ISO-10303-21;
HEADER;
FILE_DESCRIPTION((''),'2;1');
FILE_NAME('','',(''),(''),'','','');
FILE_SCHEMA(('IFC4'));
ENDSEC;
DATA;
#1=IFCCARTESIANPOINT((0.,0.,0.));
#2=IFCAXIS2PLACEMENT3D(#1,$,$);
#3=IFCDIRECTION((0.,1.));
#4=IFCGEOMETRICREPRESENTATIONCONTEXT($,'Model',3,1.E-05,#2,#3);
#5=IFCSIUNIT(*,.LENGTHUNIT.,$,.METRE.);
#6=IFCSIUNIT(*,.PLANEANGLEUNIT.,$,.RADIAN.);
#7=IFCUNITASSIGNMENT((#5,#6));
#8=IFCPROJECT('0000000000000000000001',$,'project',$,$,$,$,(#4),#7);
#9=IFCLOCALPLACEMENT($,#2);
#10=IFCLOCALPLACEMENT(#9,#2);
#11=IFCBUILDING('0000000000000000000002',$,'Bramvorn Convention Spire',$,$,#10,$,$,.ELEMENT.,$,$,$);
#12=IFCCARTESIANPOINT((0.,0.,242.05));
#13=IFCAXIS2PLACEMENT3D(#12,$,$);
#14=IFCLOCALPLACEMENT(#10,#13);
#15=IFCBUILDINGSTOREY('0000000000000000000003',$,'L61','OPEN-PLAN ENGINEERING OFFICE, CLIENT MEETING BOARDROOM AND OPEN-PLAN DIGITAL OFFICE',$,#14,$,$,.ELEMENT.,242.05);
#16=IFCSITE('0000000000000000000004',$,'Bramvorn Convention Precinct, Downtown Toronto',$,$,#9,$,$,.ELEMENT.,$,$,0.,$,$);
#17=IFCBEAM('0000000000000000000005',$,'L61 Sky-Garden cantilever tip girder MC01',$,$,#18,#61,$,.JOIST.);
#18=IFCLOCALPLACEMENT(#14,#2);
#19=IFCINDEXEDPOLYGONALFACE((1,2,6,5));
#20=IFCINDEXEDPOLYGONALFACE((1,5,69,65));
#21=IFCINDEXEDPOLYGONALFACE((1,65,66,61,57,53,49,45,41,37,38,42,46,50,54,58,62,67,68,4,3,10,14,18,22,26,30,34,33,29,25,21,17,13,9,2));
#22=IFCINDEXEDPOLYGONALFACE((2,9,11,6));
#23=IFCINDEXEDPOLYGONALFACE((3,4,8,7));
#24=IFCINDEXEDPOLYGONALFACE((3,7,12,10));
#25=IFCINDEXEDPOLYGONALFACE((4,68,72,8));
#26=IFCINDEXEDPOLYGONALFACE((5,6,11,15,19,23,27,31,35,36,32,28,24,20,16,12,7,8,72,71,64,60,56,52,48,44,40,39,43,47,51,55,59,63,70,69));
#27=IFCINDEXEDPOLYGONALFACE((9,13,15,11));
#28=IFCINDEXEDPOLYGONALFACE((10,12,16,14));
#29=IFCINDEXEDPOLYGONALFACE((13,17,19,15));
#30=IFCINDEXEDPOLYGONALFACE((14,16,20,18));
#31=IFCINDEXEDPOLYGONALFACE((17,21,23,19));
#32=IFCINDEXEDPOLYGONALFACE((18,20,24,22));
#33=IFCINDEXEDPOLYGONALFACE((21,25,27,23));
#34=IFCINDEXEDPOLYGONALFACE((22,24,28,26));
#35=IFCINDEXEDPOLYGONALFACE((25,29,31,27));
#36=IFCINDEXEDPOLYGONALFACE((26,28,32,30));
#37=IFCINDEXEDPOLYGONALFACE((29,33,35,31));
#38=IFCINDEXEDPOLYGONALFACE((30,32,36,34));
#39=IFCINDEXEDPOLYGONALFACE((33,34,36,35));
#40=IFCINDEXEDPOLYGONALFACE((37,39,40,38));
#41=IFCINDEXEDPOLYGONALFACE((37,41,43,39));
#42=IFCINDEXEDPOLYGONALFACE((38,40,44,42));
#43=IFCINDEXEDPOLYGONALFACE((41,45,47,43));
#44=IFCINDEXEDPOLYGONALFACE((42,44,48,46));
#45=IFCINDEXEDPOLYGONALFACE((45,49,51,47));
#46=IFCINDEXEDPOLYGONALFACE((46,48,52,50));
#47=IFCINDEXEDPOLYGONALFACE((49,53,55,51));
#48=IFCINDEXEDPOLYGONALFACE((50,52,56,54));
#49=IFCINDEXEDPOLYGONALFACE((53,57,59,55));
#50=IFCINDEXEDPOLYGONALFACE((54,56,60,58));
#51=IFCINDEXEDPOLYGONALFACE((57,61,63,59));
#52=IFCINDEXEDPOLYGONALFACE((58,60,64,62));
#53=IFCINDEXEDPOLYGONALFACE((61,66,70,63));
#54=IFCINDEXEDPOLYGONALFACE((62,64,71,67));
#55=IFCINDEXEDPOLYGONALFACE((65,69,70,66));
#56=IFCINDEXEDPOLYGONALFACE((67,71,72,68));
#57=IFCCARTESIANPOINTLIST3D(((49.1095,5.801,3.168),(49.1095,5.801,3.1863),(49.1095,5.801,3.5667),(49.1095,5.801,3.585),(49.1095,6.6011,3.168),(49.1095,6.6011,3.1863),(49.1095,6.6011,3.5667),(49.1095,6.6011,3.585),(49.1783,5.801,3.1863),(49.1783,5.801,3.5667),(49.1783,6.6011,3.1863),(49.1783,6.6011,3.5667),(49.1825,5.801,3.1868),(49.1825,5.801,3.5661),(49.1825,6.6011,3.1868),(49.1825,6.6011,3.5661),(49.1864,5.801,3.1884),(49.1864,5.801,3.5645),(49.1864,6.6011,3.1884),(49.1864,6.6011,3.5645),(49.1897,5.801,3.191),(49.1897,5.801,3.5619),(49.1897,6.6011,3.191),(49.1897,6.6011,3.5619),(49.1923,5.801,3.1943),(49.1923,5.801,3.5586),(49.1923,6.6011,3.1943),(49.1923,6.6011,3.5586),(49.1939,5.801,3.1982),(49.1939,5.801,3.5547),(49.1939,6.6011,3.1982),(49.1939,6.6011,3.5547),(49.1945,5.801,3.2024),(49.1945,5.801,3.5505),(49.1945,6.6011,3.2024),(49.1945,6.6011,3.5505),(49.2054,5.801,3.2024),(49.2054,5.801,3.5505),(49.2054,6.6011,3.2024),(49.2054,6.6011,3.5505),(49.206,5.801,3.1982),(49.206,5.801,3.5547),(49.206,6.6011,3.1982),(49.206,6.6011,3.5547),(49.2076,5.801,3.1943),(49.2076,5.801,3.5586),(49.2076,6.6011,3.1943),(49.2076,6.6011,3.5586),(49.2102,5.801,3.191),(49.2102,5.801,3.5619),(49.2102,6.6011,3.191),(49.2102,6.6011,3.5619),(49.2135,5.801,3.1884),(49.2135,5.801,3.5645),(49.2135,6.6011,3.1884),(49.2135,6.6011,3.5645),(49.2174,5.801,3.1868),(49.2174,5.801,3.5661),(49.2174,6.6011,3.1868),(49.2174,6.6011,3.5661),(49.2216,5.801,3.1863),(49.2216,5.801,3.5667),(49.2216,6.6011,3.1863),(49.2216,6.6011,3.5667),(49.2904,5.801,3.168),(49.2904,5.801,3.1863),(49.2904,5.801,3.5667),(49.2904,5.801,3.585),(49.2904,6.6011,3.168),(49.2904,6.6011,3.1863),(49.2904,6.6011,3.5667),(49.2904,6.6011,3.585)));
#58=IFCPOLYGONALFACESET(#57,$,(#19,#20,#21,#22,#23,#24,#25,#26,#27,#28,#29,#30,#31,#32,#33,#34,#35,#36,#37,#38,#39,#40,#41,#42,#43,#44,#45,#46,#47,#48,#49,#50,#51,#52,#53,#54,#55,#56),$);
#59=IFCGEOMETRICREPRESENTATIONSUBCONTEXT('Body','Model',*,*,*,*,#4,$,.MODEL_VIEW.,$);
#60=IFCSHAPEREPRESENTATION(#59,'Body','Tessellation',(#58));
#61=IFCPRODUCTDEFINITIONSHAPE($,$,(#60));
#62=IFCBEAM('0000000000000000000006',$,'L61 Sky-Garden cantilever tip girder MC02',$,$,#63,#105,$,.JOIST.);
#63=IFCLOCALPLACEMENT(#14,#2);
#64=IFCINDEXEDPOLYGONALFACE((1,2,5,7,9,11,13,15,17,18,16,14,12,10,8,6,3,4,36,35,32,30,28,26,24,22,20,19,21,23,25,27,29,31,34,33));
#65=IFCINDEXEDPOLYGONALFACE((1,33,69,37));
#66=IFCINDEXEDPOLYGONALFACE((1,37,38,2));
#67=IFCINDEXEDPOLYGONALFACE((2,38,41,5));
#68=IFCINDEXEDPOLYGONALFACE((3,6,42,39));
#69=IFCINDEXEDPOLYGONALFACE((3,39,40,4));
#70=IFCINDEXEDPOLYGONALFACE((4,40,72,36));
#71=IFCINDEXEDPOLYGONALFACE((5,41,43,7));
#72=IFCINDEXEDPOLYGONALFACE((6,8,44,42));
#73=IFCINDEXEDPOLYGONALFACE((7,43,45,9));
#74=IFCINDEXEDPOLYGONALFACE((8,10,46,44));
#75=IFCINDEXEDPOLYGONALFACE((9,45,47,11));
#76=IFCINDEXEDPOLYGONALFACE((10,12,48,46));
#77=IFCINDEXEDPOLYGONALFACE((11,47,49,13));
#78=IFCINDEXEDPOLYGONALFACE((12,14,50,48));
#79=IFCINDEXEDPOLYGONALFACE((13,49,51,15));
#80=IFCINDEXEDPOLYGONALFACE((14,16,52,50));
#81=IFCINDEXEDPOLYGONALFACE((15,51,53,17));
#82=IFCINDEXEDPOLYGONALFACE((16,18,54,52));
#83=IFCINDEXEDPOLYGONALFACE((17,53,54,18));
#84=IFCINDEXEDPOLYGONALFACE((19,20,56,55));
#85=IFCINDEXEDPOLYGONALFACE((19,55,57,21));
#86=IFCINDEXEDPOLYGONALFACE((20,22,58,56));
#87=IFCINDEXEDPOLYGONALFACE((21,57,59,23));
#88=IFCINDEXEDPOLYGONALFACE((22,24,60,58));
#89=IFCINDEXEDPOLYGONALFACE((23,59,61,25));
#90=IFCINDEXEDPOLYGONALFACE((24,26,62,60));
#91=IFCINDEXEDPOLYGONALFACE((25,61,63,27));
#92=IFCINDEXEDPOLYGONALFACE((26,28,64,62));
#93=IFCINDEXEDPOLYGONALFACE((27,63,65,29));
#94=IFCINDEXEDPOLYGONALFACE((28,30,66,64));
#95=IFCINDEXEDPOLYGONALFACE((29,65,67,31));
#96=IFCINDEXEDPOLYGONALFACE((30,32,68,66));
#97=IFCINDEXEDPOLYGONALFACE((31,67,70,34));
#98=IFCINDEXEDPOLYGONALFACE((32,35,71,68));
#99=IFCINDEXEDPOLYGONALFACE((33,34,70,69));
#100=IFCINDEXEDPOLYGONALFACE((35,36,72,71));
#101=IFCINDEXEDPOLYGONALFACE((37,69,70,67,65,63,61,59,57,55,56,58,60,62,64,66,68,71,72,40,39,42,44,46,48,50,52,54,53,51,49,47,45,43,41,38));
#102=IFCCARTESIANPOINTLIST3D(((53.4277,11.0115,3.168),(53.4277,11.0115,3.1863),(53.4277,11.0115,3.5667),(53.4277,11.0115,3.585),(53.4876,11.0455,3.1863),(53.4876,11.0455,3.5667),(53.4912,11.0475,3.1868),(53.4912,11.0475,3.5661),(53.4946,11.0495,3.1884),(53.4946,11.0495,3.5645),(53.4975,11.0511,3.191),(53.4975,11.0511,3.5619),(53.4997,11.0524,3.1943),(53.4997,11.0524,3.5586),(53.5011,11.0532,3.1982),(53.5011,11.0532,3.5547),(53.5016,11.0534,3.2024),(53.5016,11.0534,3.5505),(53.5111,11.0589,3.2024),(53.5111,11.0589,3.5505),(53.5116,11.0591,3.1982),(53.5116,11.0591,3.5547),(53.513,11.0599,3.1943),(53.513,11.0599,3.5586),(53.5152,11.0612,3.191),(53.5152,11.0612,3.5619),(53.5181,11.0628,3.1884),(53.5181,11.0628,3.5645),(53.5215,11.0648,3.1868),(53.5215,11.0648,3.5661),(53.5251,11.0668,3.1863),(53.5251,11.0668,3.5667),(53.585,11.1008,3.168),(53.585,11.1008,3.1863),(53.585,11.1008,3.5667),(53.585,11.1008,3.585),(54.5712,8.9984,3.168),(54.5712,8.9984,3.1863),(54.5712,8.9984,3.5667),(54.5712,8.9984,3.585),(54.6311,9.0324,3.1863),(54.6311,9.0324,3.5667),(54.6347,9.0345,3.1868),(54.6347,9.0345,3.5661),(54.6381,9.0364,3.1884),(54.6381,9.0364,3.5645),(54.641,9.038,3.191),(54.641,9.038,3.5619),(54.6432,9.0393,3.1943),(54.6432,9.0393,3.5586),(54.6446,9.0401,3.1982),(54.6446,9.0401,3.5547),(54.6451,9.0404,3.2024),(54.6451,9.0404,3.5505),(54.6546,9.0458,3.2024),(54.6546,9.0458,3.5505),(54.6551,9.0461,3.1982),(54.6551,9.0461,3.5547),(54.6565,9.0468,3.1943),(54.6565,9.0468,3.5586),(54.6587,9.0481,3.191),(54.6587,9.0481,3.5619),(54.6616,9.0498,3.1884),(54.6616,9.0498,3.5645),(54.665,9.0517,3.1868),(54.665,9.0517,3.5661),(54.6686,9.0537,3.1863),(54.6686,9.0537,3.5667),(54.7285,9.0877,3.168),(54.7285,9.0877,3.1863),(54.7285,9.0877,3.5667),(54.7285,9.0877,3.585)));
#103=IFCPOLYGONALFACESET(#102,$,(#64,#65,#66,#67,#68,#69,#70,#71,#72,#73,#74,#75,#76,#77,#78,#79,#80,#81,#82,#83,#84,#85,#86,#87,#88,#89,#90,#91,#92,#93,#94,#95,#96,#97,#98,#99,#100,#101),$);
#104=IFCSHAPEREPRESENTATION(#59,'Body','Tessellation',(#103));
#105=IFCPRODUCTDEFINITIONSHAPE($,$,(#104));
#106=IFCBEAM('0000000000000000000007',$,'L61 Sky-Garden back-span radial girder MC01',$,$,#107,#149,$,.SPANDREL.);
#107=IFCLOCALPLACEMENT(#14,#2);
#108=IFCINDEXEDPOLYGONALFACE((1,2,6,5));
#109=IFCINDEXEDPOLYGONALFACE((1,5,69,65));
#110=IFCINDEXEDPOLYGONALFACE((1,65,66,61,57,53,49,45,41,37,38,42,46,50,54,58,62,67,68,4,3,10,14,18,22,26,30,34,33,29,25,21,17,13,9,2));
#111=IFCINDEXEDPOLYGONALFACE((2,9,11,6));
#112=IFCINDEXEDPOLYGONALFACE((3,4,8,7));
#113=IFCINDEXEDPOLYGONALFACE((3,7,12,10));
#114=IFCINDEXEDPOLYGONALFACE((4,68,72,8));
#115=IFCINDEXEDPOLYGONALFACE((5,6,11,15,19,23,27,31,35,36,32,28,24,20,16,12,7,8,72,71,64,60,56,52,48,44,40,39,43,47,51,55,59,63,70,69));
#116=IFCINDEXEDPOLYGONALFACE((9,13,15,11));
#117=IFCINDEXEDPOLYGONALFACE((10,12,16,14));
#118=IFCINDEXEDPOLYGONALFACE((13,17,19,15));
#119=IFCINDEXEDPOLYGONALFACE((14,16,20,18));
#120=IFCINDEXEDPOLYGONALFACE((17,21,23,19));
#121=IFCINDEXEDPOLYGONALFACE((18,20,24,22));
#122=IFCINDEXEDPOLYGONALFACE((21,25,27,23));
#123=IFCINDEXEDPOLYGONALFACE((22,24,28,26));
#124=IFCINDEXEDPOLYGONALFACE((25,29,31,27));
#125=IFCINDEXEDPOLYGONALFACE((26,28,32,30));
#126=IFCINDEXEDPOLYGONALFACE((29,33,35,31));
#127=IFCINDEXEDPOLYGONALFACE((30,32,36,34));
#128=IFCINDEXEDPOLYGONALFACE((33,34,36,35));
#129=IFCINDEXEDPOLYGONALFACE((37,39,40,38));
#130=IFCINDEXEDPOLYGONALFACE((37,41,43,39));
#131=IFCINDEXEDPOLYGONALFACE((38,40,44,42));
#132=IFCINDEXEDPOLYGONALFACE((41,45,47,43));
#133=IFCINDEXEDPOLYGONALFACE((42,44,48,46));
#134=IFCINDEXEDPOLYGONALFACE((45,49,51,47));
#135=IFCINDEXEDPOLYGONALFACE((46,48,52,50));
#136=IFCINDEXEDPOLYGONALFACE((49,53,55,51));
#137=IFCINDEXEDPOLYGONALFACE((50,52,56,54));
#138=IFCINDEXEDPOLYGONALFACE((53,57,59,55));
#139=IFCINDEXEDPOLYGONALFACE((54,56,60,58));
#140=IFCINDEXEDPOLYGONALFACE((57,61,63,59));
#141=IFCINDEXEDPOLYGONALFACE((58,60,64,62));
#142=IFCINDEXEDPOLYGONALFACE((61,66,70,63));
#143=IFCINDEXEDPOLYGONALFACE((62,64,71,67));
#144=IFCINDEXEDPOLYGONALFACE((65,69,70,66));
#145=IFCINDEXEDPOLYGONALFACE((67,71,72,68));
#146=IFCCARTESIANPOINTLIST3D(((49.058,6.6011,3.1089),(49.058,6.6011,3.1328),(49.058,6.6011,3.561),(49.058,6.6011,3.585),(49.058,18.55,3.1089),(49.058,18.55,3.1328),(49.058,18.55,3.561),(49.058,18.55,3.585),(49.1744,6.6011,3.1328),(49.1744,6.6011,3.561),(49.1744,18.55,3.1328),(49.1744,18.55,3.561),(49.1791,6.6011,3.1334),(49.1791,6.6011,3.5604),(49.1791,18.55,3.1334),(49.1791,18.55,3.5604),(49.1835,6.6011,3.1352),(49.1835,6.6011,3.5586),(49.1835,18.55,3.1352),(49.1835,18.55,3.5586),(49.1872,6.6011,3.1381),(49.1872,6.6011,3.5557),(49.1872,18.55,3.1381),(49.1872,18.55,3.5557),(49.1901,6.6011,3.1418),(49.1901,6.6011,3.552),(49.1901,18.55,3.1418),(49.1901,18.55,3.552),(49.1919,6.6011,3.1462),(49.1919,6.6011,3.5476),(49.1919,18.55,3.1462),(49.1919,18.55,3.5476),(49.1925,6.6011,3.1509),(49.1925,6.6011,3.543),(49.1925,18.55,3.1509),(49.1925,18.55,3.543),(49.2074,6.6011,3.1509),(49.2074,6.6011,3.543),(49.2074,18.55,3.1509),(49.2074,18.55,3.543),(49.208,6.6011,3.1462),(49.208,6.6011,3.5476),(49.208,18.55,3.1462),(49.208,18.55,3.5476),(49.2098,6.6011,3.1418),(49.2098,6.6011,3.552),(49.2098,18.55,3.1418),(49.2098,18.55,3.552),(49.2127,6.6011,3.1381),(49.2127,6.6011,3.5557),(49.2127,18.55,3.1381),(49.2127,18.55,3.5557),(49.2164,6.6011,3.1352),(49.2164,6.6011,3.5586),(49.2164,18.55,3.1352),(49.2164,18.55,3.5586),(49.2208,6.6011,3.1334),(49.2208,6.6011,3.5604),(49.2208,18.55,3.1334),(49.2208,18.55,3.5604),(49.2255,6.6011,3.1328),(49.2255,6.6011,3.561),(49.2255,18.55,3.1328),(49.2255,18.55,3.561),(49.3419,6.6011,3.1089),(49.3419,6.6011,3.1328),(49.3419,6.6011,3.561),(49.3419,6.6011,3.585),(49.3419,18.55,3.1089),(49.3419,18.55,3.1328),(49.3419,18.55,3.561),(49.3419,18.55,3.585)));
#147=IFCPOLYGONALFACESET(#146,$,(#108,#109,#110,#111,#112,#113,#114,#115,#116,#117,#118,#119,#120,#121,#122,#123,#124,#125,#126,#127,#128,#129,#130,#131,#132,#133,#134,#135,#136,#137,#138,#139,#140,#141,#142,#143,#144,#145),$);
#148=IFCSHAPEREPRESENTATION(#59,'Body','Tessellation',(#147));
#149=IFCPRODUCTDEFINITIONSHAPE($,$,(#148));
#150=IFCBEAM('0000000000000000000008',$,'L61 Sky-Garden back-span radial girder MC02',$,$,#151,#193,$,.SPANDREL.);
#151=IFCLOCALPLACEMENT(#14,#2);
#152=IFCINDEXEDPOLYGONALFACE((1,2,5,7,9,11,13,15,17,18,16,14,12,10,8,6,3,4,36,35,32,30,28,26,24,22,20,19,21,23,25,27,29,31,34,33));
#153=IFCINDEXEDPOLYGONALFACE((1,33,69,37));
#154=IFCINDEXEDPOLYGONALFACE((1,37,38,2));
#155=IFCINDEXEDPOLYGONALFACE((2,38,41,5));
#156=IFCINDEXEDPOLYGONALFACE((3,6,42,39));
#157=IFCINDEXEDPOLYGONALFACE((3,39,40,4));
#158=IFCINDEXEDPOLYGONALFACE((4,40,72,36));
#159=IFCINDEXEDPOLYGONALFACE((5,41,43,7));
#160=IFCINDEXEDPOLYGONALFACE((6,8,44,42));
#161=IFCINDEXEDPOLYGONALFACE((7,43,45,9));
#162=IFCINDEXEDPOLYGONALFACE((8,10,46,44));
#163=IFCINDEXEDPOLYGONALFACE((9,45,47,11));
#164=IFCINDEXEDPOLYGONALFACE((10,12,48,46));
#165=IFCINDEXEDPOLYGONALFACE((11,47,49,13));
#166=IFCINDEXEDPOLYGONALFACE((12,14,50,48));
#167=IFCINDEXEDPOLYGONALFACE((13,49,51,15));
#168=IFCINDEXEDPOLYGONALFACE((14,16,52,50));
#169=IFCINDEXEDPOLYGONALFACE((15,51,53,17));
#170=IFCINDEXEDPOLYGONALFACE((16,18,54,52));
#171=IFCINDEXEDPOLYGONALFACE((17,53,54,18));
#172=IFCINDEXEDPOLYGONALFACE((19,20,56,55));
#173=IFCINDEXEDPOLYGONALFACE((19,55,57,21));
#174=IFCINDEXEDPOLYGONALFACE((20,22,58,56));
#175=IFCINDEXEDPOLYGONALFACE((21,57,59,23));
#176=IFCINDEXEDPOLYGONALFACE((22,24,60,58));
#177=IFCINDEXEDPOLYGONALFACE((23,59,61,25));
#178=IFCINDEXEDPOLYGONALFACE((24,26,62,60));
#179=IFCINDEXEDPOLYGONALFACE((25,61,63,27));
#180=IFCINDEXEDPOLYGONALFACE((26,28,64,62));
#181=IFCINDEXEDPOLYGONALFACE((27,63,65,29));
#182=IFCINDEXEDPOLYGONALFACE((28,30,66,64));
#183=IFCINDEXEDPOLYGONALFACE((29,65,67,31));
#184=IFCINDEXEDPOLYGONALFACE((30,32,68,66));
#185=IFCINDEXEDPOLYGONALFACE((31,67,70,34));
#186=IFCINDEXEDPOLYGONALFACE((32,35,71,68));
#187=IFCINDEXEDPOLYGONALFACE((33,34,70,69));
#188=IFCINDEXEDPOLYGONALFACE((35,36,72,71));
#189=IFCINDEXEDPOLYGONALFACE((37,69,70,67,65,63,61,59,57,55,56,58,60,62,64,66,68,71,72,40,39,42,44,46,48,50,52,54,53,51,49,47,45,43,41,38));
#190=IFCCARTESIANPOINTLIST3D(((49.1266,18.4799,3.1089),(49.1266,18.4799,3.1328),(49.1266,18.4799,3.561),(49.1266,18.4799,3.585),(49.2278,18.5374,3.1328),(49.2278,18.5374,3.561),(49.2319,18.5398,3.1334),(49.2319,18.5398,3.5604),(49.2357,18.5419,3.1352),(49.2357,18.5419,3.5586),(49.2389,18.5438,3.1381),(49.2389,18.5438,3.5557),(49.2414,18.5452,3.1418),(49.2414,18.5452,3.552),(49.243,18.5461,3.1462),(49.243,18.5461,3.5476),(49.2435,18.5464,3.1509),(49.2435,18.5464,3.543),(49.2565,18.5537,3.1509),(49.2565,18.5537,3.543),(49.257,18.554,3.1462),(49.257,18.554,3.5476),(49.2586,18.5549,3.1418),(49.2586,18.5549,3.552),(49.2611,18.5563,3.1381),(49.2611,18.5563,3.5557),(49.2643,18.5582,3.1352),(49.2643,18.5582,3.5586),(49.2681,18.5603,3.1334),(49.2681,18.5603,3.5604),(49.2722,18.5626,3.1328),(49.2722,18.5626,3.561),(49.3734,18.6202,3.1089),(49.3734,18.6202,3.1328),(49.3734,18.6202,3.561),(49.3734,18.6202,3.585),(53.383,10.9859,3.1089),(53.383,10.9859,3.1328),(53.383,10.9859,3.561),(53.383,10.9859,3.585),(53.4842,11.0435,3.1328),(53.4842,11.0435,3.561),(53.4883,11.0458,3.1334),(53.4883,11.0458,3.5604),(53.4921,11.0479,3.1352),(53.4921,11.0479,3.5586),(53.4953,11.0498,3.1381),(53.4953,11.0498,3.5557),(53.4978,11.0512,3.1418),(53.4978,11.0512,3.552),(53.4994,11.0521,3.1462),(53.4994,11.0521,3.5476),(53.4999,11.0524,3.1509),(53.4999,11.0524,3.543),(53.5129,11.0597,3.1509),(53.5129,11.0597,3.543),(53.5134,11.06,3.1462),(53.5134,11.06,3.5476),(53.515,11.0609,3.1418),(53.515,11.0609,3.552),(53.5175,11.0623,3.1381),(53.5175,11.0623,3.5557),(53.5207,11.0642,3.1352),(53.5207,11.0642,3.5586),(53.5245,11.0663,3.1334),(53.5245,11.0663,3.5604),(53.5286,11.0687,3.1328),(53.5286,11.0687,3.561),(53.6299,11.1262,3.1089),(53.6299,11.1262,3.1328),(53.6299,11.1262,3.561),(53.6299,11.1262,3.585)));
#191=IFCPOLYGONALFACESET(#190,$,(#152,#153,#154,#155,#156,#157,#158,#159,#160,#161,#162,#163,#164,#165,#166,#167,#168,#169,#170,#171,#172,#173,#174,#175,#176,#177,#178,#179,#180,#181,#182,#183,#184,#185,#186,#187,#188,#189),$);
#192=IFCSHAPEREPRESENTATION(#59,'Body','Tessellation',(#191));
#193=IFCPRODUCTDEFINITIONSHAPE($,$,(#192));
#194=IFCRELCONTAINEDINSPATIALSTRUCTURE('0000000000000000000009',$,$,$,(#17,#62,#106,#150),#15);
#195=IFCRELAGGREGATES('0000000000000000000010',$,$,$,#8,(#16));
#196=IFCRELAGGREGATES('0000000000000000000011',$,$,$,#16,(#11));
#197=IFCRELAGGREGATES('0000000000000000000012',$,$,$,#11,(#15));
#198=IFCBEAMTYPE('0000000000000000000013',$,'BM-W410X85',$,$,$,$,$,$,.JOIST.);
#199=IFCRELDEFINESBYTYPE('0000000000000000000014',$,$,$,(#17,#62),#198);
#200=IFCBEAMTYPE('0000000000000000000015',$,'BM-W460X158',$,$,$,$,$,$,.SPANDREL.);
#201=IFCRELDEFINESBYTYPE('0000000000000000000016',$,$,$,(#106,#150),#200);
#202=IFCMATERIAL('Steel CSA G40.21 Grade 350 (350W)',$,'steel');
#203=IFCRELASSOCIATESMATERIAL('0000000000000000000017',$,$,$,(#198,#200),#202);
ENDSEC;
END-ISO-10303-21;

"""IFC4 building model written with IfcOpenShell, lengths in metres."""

from ifc_helpers import new_model, si_unit, direction, frame, origin, origin_2d, place, context, subcontext, project, spatial, i_section, extrude, material, material_profile, profile_set, type_object, element, save


model = new_model("IFC4")

# Units and contexts
model_context = context("Model", 3, precision=1e-05, world=origin(), true_north=direction((0.0, 1.0)))
body_context = subcontext(model_context, "Body", "Model", "MODEL_VIEW")
ifc_project = project(units=[si_unit("LENGTHUNIT", "METRE"), si_unit("PLANEANGLEUNIT", "RADIAN")], contexts=[model_context])

# Site, building, storey
site_placement = place(None, origin())
site = spatial("IfcSite", under=ifc_project, at=site_placement, Name="Bramvorn Convention Precinct, Downtown Toronto", CompositionType="ELEMENT", RefElevation=0.0)
building_placement = place(site_placement, origin())
building = spatial("IfcBuilding", under=site, at=building_placement, Name="Bramvorn Convention Spire", CompositionType="ELEMENT")
storey_placement = place(building_placement, frame((0.0, 0.0, 242.05)))
storey = spatial("IfcBuildingStorey", under=building, at=storey_placement, Name="L61", Description="OPEN-PLAN ENGINEERING OFFICE, CLIENT MEETING BOARDROOM AND OPEN-PLAN DIGITAL OFFICE", CompositionType="ELEMENT", Elevation=242.05)

# Shared definitions
ifc_material_1 = material(Name="Steel CSA G40.21 Grade 350 (350W)", Category="steel")

# Beams
ifc_material_profile_1 = material_profile(ifc_material_1, i_section(OverallWidth=0.1809, OverallDepth=0.417, WebThickness=0.011, FlangeThickness=0.0183, FilletRadius=0.0161, at=origin_2d()))
ifc_profile_set_1 = profile_set([ifc_material_profile_1], Name="Steel CSA G40.21 Grade 350 (350W) - W410X85")
beam_type_1 = type_object("IfcBeamType", Name="BM-W410X85", PredefinedType="JOIST", material=ifc_profile_set_1)
beam_1_placement = place(storey_placement, frame((49.2, 6.6011, 3.3765), z_axis=(0.0, -1.0, 0.0), x_axis=(1.0, 0.0, 0.0)))
element("IfcBeam", 1, at=beam_1_placement, inside=storey, type_object=beam_type_1, Name="L61 Sky-Garden cantilever tip girder MC01", PredefinedType="JOIST", context=body_context, shape_type="SweptSolid", body=[
    extrude(i_section(OverallWidth=0.1809, OverallDepth=0.417, WebThickness=0.011, FlangeThickness=0.0183, FilletRadius=0.0161, at=origin_2d()), origin(), (0.0, 0.0, 1.0), 0.8),
])
beam_2_placement = place(storey_placement, frame((53.5063, 11.0562, 3.3765), z_axis=(0.493912, -0.869512, 0.0), x_axis=(0.869512, 0.493912, 0.0)))
element("IfcBeam", 2, at=beam_2_placement, inside=storey, type_object=beam_type_1, Name="L61 Sky-Garden cantilever tip girder MC02", PredefinedType="JOIST", context=body_context, shape_type="SweptSolid", body=[
    extrude(i_section(OverallWidth=0.1809, OverallDepth=0.417, WebThickness=0.011, FlangeThickness=0.0183, FilletRadius=0.0161, at=origin_2d()), origin(), (0.0, 0.0, 1.0), 2.3152),
])
ifc_material_profile_2 = material_profile(ifc_material_1, i_section(OverallWidth=0.2839, OverallDepth=0.4761, WebThickness=0.0149, FlangeThickness=0.0239, FilletRadius=0.0181, at=origin_2d()))
ifc_profile_set_2 = profile_set([ifc_material_profile_2], Name="Steel CSA G40.21 Grade 350 (350W) - W460X158")
beam_type_2 = type_object("IfcBeamType", Name="BM-W460X158", PredefinedType="SPANDREL", material=ifc_profile_set_2)
beam_3_placement = place(storey_placement, frame((49.2, 18.55, 3.3469), z_axis=(0.0, -1.0, 0.0), x_axis=(1.0, 0.0, 0.0)))
element("IfcBeam", 3, at=beam_3_placement, inside=storey, type_object=beam_type_2, Name="L61 Sky-Garden back-span radial girder MC01", PredefinedType="SPANDREL", context=body_context, shape_type="SweptSolid", body=[
    extrude(i_section(OverallWidth=0.2839, OverallDepth=0.4761, WebThickness=0.0149, FlangeThickness=0.0239, FilletRadius=0.0181, at=origin_2d()), origin(), (0.0, 0.0, 1.0), 11.949),
])
beam_4_placement = place(storey_placement, frame((49.25, 18.55, 3.3469), z_axis=(0.493874, -0.869534, 0.0), x_axis=(0.869534, 0.493874, 0.0)))
element("IfcBeam", 4, at=beam_4_placement, inside=storey, type_object=beam_type_2, Name="L61 Sky-Garden back-span radial girder MC02", PredefinedType="SPANDREL", context=body_context, shape_type="SweptSolid", body=[
    extrude(i_section(OverallWidth=0.2839, OverallDepth=0.4761, WebThickness=0.0149, FlangeThickness=0.0239, FilletRadius=0.0181, at=origin_2d()), origin(), (0.0, 0.0, 1.0), 8.6184),
])

save(model, "model.ifc")
